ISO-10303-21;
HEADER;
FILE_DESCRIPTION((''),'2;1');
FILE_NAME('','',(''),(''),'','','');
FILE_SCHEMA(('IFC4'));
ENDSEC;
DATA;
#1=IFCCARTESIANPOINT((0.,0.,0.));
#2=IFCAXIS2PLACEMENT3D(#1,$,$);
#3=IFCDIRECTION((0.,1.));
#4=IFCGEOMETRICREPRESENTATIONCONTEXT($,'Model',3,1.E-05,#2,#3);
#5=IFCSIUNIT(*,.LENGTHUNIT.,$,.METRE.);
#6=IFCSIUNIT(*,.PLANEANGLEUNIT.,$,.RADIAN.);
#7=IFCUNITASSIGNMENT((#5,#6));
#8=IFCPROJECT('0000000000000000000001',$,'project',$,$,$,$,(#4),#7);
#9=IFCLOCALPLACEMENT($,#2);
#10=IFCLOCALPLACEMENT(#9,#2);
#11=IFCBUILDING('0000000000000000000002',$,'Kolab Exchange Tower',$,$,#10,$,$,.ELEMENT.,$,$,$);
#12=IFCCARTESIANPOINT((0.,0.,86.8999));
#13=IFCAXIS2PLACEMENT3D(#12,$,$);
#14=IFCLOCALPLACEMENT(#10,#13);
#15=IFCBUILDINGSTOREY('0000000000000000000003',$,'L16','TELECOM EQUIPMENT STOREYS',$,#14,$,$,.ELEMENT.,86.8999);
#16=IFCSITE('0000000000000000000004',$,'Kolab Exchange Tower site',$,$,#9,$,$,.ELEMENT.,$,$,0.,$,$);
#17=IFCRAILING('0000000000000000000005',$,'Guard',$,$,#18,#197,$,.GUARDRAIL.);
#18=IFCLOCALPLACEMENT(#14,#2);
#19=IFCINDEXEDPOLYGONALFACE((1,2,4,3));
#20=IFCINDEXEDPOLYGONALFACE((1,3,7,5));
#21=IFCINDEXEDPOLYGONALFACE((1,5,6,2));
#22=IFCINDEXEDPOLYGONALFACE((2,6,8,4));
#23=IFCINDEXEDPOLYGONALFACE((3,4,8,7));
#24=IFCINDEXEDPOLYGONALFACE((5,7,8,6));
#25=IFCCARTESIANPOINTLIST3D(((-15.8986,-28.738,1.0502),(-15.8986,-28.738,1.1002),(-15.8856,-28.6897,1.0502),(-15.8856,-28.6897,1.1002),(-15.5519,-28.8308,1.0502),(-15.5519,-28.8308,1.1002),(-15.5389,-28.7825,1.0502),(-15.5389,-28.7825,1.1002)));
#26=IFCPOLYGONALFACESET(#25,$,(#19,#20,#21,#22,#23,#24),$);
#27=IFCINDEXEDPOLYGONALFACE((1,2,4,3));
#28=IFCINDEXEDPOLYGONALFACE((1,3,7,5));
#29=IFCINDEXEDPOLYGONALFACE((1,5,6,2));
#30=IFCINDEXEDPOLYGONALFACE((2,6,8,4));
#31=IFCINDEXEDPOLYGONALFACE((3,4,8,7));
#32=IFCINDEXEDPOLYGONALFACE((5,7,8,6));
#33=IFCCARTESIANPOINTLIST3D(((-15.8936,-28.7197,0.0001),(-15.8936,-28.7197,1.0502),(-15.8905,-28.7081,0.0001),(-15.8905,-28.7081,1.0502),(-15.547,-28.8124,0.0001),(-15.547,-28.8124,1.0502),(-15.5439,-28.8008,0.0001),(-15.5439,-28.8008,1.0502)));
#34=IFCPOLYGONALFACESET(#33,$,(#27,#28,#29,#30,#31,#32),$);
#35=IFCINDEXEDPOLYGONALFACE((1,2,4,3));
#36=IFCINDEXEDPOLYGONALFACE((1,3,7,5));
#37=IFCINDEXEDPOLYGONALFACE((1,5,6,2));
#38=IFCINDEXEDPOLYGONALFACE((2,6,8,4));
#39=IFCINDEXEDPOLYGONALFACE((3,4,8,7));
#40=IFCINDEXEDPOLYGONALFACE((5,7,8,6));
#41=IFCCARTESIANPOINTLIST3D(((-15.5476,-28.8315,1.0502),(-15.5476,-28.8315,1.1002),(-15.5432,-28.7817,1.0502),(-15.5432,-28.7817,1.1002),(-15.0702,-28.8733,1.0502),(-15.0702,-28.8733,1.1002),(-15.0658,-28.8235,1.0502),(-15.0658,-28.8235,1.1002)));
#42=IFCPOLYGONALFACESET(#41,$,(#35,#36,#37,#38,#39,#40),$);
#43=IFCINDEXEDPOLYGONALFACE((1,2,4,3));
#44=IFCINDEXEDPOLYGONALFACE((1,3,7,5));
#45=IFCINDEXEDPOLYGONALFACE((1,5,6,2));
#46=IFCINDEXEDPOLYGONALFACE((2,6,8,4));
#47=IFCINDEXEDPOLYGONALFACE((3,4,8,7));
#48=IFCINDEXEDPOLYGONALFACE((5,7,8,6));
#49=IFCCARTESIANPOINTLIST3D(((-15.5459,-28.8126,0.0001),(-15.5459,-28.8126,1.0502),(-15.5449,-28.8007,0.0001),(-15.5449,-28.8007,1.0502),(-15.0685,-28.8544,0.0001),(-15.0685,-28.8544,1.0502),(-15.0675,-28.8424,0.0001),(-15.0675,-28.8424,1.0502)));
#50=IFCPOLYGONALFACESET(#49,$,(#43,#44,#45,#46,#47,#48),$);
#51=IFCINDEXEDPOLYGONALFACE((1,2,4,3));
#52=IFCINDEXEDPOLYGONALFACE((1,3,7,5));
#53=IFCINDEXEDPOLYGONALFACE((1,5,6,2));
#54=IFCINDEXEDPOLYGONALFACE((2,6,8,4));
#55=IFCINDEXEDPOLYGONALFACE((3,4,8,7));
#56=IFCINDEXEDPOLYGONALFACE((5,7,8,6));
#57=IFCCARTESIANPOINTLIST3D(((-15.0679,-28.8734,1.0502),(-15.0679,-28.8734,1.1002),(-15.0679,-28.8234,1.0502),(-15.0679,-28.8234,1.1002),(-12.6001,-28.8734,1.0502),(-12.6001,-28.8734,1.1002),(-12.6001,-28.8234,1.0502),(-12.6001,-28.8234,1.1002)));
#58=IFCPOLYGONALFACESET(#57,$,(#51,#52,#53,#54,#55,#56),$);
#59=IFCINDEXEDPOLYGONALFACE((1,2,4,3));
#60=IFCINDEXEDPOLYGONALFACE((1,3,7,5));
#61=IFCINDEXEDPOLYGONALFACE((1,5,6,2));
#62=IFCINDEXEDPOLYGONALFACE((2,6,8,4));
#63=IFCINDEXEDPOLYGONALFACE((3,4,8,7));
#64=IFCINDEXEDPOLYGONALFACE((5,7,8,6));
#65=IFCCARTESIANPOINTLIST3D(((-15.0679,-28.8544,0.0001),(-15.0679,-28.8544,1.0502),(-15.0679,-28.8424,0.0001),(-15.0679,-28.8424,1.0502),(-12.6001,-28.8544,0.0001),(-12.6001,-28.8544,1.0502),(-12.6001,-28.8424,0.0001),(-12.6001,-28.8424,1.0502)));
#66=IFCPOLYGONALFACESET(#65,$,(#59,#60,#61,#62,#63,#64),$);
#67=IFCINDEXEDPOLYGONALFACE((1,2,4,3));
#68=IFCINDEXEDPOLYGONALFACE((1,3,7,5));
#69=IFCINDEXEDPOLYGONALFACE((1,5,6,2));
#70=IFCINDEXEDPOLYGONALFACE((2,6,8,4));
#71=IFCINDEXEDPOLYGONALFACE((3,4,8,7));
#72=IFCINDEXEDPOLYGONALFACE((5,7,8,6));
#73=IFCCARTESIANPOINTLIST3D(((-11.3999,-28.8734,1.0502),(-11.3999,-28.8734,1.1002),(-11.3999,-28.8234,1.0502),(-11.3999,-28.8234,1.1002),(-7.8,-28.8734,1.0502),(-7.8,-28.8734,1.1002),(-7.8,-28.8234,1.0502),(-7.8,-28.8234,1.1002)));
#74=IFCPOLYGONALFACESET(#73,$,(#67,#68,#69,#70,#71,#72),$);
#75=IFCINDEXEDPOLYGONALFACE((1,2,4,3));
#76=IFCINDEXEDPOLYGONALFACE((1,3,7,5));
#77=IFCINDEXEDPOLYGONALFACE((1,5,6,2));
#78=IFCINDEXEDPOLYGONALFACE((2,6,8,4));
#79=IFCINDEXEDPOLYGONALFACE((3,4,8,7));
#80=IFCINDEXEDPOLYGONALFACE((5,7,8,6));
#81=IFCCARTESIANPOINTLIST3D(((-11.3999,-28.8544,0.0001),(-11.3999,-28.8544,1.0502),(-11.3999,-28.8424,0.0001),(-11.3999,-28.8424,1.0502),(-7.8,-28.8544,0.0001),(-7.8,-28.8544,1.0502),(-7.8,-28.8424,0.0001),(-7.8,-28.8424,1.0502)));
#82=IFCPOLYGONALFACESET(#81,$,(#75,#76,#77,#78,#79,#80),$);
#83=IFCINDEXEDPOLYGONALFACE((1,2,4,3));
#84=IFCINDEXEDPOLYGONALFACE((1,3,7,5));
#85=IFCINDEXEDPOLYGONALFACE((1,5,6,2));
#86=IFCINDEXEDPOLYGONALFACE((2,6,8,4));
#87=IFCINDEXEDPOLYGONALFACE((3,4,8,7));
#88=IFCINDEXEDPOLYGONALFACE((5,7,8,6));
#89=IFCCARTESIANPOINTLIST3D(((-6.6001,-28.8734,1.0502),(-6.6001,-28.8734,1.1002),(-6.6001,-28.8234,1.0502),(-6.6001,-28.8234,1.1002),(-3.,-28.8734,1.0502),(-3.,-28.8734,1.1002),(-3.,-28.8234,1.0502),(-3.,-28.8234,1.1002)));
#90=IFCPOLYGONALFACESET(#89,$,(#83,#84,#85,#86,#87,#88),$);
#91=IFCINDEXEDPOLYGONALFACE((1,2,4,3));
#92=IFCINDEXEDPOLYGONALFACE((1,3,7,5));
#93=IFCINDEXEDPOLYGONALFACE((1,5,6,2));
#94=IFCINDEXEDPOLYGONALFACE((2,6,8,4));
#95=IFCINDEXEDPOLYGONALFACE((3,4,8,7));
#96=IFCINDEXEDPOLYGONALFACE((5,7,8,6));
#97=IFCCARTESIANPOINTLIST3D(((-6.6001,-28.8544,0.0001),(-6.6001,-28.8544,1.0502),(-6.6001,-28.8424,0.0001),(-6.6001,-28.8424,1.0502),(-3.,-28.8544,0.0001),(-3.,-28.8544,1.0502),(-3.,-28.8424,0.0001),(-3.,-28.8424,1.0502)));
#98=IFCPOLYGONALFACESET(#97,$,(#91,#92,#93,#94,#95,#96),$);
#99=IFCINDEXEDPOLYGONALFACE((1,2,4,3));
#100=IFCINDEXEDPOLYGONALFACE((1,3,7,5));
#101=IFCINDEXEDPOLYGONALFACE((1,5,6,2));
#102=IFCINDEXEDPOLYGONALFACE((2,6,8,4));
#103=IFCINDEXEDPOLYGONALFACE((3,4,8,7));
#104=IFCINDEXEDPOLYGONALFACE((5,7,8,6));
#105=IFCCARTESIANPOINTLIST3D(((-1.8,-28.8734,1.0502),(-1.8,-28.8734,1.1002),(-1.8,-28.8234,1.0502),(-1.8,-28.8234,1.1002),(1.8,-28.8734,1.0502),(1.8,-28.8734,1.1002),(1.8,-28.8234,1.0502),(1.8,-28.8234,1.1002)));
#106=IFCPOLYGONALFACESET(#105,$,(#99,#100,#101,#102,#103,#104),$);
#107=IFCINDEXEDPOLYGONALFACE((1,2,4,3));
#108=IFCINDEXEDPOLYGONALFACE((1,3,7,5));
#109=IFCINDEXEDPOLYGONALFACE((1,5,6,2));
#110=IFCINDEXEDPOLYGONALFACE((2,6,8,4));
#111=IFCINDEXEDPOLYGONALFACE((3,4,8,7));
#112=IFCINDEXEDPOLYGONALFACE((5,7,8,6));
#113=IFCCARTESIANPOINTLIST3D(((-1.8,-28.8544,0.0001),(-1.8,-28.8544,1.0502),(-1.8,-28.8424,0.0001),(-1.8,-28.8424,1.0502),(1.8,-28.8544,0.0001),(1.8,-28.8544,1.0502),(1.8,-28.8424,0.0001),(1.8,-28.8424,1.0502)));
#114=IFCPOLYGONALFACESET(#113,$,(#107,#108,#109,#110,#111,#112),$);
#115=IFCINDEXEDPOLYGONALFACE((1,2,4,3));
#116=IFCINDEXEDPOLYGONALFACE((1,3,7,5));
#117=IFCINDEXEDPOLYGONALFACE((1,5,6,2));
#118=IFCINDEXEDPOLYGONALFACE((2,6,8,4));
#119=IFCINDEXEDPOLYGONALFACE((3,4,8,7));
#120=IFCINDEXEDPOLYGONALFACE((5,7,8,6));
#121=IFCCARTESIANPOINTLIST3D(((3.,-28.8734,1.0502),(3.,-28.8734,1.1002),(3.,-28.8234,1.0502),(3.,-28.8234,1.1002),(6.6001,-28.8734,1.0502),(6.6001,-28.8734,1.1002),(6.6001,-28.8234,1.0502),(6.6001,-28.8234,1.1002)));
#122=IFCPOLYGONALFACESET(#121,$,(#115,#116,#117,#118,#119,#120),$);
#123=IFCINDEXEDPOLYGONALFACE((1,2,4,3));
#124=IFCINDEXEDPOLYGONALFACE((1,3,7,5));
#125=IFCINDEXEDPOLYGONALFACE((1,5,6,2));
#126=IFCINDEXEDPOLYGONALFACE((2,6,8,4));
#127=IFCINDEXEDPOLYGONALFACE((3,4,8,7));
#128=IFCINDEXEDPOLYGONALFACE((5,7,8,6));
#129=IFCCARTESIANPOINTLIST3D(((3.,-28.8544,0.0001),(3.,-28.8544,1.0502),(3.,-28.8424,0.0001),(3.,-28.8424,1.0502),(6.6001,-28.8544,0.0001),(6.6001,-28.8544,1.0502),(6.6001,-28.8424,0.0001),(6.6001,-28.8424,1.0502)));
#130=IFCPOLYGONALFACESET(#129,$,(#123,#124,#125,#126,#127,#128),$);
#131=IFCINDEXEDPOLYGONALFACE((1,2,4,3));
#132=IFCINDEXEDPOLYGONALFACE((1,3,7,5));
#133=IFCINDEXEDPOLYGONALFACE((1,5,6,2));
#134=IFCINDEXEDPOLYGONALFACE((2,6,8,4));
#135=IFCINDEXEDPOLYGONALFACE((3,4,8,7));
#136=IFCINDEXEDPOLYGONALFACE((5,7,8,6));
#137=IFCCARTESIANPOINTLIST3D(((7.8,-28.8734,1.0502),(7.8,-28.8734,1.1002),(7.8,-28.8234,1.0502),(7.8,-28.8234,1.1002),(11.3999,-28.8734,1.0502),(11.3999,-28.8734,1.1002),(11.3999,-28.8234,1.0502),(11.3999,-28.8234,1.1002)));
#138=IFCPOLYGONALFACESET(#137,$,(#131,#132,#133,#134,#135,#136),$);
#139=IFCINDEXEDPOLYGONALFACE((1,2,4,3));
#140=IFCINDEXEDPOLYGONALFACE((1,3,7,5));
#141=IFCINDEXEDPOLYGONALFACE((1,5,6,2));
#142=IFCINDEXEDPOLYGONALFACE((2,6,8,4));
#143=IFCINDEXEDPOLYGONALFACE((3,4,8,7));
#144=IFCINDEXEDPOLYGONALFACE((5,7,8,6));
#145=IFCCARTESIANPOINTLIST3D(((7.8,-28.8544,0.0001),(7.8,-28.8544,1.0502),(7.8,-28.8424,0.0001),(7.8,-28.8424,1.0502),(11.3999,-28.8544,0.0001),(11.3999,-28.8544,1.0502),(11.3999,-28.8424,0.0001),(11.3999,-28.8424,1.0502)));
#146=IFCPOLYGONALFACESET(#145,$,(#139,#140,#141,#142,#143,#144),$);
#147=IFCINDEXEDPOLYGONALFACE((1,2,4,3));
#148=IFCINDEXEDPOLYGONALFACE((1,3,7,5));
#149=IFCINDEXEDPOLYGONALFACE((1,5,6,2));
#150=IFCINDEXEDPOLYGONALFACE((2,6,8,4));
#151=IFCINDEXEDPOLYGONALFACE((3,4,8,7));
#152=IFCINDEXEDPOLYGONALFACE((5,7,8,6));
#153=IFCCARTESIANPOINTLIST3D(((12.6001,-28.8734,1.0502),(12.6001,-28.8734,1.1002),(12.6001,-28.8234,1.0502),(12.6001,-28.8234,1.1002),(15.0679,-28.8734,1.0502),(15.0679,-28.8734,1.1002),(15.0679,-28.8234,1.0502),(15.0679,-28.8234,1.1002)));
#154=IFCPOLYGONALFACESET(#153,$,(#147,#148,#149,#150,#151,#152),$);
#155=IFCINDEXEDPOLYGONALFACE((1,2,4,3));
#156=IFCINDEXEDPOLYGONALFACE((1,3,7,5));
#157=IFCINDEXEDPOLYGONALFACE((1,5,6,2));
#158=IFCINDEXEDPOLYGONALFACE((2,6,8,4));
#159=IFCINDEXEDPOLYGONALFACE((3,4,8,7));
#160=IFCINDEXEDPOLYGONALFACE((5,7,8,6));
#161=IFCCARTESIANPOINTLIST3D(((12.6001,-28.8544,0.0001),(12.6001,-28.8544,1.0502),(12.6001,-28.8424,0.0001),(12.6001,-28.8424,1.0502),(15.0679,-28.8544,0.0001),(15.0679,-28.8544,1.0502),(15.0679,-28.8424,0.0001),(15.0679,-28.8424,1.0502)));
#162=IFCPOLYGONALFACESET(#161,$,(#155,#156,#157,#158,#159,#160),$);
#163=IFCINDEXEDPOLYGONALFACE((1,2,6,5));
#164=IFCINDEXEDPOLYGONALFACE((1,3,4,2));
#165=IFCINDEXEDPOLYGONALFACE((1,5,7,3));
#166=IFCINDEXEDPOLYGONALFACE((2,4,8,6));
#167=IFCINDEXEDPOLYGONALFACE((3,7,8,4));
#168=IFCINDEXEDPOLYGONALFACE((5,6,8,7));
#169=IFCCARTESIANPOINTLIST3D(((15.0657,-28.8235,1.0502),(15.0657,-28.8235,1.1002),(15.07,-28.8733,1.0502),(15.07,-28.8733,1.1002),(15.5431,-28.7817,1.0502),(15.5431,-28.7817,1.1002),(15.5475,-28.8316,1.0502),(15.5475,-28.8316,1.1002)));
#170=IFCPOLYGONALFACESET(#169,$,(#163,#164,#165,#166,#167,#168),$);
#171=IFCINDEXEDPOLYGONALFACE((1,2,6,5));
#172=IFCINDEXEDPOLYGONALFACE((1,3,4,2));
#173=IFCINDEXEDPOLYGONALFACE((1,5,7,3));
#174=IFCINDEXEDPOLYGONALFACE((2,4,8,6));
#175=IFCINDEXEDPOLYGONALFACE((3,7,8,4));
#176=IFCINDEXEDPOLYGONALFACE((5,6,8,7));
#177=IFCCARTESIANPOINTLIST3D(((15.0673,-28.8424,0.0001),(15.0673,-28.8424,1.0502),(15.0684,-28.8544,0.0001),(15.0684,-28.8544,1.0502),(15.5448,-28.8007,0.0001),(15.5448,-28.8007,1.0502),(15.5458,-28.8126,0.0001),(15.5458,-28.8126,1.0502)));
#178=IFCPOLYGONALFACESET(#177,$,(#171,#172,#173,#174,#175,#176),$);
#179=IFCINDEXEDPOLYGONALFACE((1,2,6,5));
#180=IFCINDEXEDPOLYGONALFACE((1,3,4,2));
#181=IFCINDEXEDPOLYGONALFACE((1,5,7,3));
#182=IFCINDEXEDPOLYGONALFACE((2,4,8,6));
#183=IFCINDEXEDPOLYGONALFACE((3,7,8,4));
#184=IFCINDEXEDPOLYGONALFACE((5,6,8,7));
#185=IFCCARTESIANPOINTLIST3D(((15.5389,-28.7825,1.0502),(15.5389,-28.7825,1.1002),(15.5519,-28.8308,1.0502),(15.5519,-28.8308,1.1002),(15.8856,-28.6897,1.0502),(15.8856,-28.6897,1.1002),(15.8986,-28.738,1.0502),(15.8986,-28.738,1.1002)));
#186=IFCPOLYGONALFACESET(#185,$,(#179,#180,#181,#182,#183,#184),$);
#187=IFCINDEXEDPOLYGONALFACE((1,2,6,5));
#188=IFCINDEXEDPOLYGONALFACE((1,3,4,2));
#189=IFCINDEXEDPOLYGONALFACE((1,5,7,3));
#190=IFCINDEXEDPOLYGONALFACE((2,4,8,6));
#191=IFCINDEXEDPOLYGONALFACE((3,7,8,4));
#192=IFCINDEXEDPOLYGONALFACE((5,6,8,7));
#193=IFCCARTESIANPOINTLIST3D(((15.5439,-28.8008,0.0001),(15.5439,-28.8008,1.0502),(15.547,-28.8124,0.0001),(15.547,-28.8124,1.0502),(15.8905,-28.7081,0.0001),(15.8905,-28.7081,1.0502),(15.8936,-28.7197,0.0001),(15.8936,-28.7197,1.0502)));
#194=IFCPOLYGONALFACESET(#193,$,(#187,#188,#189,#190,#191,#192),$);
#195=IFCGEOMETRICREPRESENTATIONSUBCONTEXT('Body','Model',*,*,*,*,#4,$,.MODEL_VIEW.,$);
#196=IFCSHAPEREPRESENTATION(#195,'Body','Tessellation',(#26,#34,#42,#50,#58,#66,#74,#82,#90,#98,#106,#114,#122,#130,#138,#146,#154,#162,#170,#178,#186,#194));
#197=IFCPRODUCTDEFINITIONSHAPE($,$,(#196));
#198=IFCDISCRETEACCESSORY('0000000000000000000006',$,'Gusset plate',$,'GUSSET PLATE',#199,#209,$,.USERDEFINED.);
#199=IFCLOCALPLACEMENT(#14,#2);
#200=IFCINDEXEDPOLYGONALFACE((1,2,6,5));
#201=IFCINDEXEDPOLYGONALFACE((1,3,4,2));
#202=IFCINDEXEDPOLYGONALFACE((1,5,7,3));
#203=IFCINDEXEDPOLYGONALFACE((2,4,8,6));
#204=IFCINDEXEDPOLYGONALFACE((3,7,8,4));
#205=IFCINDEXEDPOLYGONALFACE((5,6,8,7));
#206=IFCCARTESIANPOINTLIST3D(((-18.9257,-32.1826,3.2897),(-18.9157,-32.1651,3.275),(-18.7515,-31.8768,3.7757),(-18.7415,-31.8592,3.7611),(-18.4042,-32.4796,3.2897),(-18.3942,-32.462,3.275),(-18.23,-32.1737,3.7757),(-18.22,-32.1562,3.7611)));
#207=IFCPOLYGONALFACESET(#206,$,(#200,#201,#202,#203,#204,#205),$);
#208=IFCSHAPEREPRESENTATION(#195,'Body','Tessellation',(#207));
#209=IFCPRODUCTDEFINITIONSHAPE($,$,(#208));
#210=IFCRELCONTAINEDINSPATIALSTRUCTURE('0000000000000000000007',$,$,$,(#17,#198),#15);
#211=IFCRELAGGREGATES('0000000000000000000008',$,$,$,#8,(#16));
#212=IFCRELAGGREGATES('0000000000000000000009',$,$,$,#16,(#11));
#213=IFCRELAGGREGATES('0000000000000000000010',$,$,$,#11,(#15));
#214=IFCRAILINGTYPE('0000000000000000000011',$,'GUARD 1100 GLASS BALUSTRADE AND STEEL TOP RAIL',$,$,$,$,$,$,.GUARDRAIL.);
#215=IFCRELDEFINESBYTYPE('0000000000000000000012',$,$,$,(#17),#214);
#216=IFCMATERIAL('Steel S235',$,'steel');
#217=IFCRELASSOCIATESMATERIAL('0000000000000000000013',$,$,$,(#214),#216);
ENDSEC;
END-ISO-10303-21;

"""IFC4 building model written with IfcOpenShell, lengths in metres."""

from ifc_helpers import new_model, si_unit, direction, frame, frame_2d, origin, origin_2d, place, context, subcontext, project, spatial, rectangle, extrude, material, type_object, element, save


model = new_model("IFC4")

# Units and contexts
model_context = context("Model", 3, precision=1e-05, world=origin(), true_north=direction((0.0, 1.0)))
body_context = subcontext(model_context, "Body", "Model", "MODEL_VIEW")
ifc_project = project(units=[si_unit("LENGTHUNIT", "METRE"), si_unit("PLANEANGLEUNIT", "RADIAN")], contexts=[model_context])

# Site, building, storey
site_placement = place(None, origin())
site = spatial("IfcSite", under=ifc_project, at=site_placement, Name="Kolab Exchange Tower site", CompositionType="ELEMENT", RefElevation=0.0)
building_placement = place(site_placement, origin())
building = spatial("IfcBuilding", under=site, at=building_placement, Name="Kolab Exchange Tower", CompositionType="ELEMENT")
storey_placement = place(building_placement, frame((0.0, 0.0, 86.8999)))
storey = spatial("IfcBuildingStorey", under=building, at=storey_placement, Name="L16", Description="TELECOM EQUIPMENT STOREYS", CompositionType="ELEMENT", Elevation=86.8999)

# Railing
ifc_material_1 = material(Name="Steel S235", Category="steel")
railing_type = type_object("IfcRailingType", Name="GUARD 1100 GLASS BALUSTRADE AND STEEL TOP RAIL", PredefinedType="GUARDRAIL", material=ifc_material_1)
railing_placement = place(storey_placement, frame((-15.8921, -28.7139, 0.0)))
element("IfcRailing", 1, at=railing_placement, inside=storey, type_object=railing_type, Name="Guard", PredefinedType="GUARDRAIL", context=body_context, shape_type="SweptSolid", body=[
    extrude(rectangle(XDim=0.05, YDim=0.05, at=origin_2d()), frame((0.0, 0.0, 1.0752), z_axis=(0.966009, -0.258509, 0.0), x_axis=(0.258509, 0.966009, 0.0)), (0.0, 0.0, 1.0), 0.3589),
    extrude(rectangle(XDim=0.012, YDim=1.0501, at=frame_2d((0.0, 0.5251))), frame((0.0, 0.0, 0.0), z_axis=(0.966009, -0.258509, 0.0), x_axis=(0.258509, 0.966009, 0.0)), (0.0, 0.0, 1.0), 0.3589),
    extrude(rectangle(XDim=0.05, YDim=0.05, at=origin_2d()), frame((0.3467, -0.0928, 1.0752), z_axis=(0.9962, -0.087091, 0.0), x_axis=(0.087091, 0.9962, 0.0)), (0.0, 0.0, 1.0), 0.4792),
    extrude(rectangle(XDim=0.012, YDim=1.0501, at=frame_2d((0.0, 0.5251))), frame((0.3467, -0.0928, 0.0), z_axis=(0.9962, -0.087091, 0.0), x_axis=(0.087091, 0.9962, 0.0)), (0.0, 0.0, 1.0), 0.4792),
    extrude(rectangle(XDim=0.05, YDim=0.05, at=origin_2d()), frame((0.8242, -0.1345, 1.0752), z_axis=(1.0, 0.0, 0.0), x_axis=(0.0, 1.0, 0.0)), (0.0, 0.0, 1.0), 2.4678),
    extrude(rectangle(XDim=0.012, YDim=1.0501, at=frame_2d((0.0, 0.5251))), frame((0.8242, -0.1345, 0.0), z_axis=(1.0, 0.0, 0.0), x_axis=(0.0, 1.0, 0.0)), (0.0, 0.0, 1.0), 2.4678),
    extrude(rectangle(XDim=0.05, YDim=0.05, at=origin_2d()), frame((4.4922, -0.1345, 1.0752), z_axis=(1.0, 0.0, 0.0), x_axis=(0.0, 1.0, 0.0)), (0.0, 0.0, 1.0), 3.5999),
    extrude(rectangle(XDim=0.012, YDim=1.0501, at=frame_2d((0.0, 0.5251))), frame((4.4922, -0.1345, 0.0), z_axis=(1.0, 0.0, 0.0), x_axis=(0.0, 1.0, 0.0)), (0.0, 0.0, 1.0), 3.5999),
    extrude(rectangle(XDim=0.05, YDim=0.05, at=origin_2d()), frame((9.292, -0.1345, 1.0752), z_axis=(1.0, 0.0, 0.0), x_axis=(0.0, 1.0, 0.0)), (0.0, 0.0, 1.0), 3.6001),
    extrude(rectangle(XDim=0.012, YDim=1.0501, at=frame_2d((0.0, 0.5251))), frame((9.292, -0.1345, 0.0), z_axis=(1.0, 0.0, 0.0), x_axis=(0.0, 1.0, 0.0)), (0.0, 0.0, 1.0), 3.6001),
    extrude(rectangle(XDim=0.05, YDim=0.05, at=origin_2d()), frame((14.092, -0.1345, 1.0752), z_axis=(1.0, 0.0, 0.0), x_axis=(0.0, 1.0, 0.0)), (0.0, 0.0, 1.0), 3.6001),
    extrude(rectangle(XDim=0.012, YDim=1.0501, at=frame_2d((0.0, 0.5251))), frame((14.092, -0.1345, 0.0), z_axis=(1.0, 0.0, 0.0), x_axis=(0.0, 1.0, 0.0)), (0.0, 0.0, 1.0), 3.6001),
    extrude(rectangle(XDim=0.05, YDim=0.05, at=origin_2d()), frame((18.8921, -0.1345, 1.0752), z_axis=(1.0, 0.0, 0.0), x_axis=(0.0, 1.0, 0.0)), (0.0, 0.0, 1.0), 3.6001),
    extrude(rectangle(XDim=0.012, YDim=1.0501, at=frame_2d((0.0, 0.5251))), frame((18.8921, -0.1345, 0.0), z_axis=(1.0, 0.0, 0.0), x_axis=(0.0, 1.0, 0.0)), (0.0, 0.0, 1.0), 3.6001),
    extrude(rectangle(XDim=0.05, YDim=0.05, at=origin_2d()), frame((23.6921, -0.1345, 1.0752), z_axis=(1.0, 0.0, 0.0), x_axis=(0.0, 1.0, 0.0)), (0.0, 0.0, 1.0), 3.5999),
    extrude(rectangle(XDim=0.012, YDim=1.0501, at=frame_2d((0.0, 0.5251))), frame((23.6921, -0.1345, 0.0), z_axis=(1.0, 0.0, 0.0), x_axis=(0.0, 1.0, 0.0)), (0.0, 0.0, 1.0), 3.5999),
    extrude(rectangle(XDim=0.05, YDim=0.05, at=origin_2d()), frame((28.4922, -0.1345, 1.0752), z_axis=(1.0, 0.0, 0.0), x_axis=(0.0, 1.0, 0.0)), (0.0, 0.0, 1.0), 2.4678),
    extrude(rectangle(XDim=0.012, YDim=1.0501, at=frame_2d((0.0, 0.5251))), frame((28.4922, -0.1345, 0.0), z_axis=(1.0, 0.0, 0.0), x_axis=(0.0, 1.0, 0.0)), (0.0, 0.0, 1.0), 2.4678),
    extrude(rectangle(XDim=0.05, YDim=0.05, at=origin_2d()), frame((30.96, -0.1345, 1.0752), z_axis=(0.9962, 0.087091, 0.0), x_axis=(-0.087091, 0.9962, 0.0)), (0.0, 0.0, 1.0), 0.4792),
    extrude(rectangle(XDim=0.012, YDim=1.0501, at=frame_2d((0.0, 0.5251))), frame((30.96, -0.1345, 0.0), z_axis=(0.9962, 0.087091, 0.0), x_axis=(-0.087091, 0.9962, 0.0)), (0.0, 0.0, 1.0), 0.4792),
    extrude(rectangle(XDim=0.05, YDim=0.05, at=origin_2d()), frame((31.4375, -0.0928, 1.0752), z_axis=(0.966009, 0.258509, 0.0), x_axis=(-0.258509, 0.966009, 0.0)), (0.0, 0.0, 1.0), 0.3589),
    extrude(rectangle(XDim=0.012, YDim=1.0501, at=frame_2d((0.0, 0.5251))), frame((31.4375, -0.0928, 0.0), z_axis=(0.966009, 0.258509, 0.0), x_axis=(-0.258509, 0.966009, 0.0)), (0.0, 0.0, 1.0), 0.3589),
])

# Discrete accessory
discrete_accessory_placement = place(storey_placement, frame((-18.5679, -32.1606, 3.5181), z_axis=(-0.400788, -0.703822, 0.586518), x_axis=(0.868985, -0.494839, 0.0)))
element("IfcDiscreteAccessory", 2, at=discrete_accessory_placement, inside=storey, Name="Gusset plate", ObjectType="GUSSET PLATE", PredefinedType="USERDEFINED", context=body_context, shape_type="SweptSolid", body=[
    extrude(rectangle(XDim=0.6001, YDim=0.6001, at=origin_2d()), origin(), (0.0, 0.0, 1.0), 0.0249),
])

save(model, "model.ifc")
